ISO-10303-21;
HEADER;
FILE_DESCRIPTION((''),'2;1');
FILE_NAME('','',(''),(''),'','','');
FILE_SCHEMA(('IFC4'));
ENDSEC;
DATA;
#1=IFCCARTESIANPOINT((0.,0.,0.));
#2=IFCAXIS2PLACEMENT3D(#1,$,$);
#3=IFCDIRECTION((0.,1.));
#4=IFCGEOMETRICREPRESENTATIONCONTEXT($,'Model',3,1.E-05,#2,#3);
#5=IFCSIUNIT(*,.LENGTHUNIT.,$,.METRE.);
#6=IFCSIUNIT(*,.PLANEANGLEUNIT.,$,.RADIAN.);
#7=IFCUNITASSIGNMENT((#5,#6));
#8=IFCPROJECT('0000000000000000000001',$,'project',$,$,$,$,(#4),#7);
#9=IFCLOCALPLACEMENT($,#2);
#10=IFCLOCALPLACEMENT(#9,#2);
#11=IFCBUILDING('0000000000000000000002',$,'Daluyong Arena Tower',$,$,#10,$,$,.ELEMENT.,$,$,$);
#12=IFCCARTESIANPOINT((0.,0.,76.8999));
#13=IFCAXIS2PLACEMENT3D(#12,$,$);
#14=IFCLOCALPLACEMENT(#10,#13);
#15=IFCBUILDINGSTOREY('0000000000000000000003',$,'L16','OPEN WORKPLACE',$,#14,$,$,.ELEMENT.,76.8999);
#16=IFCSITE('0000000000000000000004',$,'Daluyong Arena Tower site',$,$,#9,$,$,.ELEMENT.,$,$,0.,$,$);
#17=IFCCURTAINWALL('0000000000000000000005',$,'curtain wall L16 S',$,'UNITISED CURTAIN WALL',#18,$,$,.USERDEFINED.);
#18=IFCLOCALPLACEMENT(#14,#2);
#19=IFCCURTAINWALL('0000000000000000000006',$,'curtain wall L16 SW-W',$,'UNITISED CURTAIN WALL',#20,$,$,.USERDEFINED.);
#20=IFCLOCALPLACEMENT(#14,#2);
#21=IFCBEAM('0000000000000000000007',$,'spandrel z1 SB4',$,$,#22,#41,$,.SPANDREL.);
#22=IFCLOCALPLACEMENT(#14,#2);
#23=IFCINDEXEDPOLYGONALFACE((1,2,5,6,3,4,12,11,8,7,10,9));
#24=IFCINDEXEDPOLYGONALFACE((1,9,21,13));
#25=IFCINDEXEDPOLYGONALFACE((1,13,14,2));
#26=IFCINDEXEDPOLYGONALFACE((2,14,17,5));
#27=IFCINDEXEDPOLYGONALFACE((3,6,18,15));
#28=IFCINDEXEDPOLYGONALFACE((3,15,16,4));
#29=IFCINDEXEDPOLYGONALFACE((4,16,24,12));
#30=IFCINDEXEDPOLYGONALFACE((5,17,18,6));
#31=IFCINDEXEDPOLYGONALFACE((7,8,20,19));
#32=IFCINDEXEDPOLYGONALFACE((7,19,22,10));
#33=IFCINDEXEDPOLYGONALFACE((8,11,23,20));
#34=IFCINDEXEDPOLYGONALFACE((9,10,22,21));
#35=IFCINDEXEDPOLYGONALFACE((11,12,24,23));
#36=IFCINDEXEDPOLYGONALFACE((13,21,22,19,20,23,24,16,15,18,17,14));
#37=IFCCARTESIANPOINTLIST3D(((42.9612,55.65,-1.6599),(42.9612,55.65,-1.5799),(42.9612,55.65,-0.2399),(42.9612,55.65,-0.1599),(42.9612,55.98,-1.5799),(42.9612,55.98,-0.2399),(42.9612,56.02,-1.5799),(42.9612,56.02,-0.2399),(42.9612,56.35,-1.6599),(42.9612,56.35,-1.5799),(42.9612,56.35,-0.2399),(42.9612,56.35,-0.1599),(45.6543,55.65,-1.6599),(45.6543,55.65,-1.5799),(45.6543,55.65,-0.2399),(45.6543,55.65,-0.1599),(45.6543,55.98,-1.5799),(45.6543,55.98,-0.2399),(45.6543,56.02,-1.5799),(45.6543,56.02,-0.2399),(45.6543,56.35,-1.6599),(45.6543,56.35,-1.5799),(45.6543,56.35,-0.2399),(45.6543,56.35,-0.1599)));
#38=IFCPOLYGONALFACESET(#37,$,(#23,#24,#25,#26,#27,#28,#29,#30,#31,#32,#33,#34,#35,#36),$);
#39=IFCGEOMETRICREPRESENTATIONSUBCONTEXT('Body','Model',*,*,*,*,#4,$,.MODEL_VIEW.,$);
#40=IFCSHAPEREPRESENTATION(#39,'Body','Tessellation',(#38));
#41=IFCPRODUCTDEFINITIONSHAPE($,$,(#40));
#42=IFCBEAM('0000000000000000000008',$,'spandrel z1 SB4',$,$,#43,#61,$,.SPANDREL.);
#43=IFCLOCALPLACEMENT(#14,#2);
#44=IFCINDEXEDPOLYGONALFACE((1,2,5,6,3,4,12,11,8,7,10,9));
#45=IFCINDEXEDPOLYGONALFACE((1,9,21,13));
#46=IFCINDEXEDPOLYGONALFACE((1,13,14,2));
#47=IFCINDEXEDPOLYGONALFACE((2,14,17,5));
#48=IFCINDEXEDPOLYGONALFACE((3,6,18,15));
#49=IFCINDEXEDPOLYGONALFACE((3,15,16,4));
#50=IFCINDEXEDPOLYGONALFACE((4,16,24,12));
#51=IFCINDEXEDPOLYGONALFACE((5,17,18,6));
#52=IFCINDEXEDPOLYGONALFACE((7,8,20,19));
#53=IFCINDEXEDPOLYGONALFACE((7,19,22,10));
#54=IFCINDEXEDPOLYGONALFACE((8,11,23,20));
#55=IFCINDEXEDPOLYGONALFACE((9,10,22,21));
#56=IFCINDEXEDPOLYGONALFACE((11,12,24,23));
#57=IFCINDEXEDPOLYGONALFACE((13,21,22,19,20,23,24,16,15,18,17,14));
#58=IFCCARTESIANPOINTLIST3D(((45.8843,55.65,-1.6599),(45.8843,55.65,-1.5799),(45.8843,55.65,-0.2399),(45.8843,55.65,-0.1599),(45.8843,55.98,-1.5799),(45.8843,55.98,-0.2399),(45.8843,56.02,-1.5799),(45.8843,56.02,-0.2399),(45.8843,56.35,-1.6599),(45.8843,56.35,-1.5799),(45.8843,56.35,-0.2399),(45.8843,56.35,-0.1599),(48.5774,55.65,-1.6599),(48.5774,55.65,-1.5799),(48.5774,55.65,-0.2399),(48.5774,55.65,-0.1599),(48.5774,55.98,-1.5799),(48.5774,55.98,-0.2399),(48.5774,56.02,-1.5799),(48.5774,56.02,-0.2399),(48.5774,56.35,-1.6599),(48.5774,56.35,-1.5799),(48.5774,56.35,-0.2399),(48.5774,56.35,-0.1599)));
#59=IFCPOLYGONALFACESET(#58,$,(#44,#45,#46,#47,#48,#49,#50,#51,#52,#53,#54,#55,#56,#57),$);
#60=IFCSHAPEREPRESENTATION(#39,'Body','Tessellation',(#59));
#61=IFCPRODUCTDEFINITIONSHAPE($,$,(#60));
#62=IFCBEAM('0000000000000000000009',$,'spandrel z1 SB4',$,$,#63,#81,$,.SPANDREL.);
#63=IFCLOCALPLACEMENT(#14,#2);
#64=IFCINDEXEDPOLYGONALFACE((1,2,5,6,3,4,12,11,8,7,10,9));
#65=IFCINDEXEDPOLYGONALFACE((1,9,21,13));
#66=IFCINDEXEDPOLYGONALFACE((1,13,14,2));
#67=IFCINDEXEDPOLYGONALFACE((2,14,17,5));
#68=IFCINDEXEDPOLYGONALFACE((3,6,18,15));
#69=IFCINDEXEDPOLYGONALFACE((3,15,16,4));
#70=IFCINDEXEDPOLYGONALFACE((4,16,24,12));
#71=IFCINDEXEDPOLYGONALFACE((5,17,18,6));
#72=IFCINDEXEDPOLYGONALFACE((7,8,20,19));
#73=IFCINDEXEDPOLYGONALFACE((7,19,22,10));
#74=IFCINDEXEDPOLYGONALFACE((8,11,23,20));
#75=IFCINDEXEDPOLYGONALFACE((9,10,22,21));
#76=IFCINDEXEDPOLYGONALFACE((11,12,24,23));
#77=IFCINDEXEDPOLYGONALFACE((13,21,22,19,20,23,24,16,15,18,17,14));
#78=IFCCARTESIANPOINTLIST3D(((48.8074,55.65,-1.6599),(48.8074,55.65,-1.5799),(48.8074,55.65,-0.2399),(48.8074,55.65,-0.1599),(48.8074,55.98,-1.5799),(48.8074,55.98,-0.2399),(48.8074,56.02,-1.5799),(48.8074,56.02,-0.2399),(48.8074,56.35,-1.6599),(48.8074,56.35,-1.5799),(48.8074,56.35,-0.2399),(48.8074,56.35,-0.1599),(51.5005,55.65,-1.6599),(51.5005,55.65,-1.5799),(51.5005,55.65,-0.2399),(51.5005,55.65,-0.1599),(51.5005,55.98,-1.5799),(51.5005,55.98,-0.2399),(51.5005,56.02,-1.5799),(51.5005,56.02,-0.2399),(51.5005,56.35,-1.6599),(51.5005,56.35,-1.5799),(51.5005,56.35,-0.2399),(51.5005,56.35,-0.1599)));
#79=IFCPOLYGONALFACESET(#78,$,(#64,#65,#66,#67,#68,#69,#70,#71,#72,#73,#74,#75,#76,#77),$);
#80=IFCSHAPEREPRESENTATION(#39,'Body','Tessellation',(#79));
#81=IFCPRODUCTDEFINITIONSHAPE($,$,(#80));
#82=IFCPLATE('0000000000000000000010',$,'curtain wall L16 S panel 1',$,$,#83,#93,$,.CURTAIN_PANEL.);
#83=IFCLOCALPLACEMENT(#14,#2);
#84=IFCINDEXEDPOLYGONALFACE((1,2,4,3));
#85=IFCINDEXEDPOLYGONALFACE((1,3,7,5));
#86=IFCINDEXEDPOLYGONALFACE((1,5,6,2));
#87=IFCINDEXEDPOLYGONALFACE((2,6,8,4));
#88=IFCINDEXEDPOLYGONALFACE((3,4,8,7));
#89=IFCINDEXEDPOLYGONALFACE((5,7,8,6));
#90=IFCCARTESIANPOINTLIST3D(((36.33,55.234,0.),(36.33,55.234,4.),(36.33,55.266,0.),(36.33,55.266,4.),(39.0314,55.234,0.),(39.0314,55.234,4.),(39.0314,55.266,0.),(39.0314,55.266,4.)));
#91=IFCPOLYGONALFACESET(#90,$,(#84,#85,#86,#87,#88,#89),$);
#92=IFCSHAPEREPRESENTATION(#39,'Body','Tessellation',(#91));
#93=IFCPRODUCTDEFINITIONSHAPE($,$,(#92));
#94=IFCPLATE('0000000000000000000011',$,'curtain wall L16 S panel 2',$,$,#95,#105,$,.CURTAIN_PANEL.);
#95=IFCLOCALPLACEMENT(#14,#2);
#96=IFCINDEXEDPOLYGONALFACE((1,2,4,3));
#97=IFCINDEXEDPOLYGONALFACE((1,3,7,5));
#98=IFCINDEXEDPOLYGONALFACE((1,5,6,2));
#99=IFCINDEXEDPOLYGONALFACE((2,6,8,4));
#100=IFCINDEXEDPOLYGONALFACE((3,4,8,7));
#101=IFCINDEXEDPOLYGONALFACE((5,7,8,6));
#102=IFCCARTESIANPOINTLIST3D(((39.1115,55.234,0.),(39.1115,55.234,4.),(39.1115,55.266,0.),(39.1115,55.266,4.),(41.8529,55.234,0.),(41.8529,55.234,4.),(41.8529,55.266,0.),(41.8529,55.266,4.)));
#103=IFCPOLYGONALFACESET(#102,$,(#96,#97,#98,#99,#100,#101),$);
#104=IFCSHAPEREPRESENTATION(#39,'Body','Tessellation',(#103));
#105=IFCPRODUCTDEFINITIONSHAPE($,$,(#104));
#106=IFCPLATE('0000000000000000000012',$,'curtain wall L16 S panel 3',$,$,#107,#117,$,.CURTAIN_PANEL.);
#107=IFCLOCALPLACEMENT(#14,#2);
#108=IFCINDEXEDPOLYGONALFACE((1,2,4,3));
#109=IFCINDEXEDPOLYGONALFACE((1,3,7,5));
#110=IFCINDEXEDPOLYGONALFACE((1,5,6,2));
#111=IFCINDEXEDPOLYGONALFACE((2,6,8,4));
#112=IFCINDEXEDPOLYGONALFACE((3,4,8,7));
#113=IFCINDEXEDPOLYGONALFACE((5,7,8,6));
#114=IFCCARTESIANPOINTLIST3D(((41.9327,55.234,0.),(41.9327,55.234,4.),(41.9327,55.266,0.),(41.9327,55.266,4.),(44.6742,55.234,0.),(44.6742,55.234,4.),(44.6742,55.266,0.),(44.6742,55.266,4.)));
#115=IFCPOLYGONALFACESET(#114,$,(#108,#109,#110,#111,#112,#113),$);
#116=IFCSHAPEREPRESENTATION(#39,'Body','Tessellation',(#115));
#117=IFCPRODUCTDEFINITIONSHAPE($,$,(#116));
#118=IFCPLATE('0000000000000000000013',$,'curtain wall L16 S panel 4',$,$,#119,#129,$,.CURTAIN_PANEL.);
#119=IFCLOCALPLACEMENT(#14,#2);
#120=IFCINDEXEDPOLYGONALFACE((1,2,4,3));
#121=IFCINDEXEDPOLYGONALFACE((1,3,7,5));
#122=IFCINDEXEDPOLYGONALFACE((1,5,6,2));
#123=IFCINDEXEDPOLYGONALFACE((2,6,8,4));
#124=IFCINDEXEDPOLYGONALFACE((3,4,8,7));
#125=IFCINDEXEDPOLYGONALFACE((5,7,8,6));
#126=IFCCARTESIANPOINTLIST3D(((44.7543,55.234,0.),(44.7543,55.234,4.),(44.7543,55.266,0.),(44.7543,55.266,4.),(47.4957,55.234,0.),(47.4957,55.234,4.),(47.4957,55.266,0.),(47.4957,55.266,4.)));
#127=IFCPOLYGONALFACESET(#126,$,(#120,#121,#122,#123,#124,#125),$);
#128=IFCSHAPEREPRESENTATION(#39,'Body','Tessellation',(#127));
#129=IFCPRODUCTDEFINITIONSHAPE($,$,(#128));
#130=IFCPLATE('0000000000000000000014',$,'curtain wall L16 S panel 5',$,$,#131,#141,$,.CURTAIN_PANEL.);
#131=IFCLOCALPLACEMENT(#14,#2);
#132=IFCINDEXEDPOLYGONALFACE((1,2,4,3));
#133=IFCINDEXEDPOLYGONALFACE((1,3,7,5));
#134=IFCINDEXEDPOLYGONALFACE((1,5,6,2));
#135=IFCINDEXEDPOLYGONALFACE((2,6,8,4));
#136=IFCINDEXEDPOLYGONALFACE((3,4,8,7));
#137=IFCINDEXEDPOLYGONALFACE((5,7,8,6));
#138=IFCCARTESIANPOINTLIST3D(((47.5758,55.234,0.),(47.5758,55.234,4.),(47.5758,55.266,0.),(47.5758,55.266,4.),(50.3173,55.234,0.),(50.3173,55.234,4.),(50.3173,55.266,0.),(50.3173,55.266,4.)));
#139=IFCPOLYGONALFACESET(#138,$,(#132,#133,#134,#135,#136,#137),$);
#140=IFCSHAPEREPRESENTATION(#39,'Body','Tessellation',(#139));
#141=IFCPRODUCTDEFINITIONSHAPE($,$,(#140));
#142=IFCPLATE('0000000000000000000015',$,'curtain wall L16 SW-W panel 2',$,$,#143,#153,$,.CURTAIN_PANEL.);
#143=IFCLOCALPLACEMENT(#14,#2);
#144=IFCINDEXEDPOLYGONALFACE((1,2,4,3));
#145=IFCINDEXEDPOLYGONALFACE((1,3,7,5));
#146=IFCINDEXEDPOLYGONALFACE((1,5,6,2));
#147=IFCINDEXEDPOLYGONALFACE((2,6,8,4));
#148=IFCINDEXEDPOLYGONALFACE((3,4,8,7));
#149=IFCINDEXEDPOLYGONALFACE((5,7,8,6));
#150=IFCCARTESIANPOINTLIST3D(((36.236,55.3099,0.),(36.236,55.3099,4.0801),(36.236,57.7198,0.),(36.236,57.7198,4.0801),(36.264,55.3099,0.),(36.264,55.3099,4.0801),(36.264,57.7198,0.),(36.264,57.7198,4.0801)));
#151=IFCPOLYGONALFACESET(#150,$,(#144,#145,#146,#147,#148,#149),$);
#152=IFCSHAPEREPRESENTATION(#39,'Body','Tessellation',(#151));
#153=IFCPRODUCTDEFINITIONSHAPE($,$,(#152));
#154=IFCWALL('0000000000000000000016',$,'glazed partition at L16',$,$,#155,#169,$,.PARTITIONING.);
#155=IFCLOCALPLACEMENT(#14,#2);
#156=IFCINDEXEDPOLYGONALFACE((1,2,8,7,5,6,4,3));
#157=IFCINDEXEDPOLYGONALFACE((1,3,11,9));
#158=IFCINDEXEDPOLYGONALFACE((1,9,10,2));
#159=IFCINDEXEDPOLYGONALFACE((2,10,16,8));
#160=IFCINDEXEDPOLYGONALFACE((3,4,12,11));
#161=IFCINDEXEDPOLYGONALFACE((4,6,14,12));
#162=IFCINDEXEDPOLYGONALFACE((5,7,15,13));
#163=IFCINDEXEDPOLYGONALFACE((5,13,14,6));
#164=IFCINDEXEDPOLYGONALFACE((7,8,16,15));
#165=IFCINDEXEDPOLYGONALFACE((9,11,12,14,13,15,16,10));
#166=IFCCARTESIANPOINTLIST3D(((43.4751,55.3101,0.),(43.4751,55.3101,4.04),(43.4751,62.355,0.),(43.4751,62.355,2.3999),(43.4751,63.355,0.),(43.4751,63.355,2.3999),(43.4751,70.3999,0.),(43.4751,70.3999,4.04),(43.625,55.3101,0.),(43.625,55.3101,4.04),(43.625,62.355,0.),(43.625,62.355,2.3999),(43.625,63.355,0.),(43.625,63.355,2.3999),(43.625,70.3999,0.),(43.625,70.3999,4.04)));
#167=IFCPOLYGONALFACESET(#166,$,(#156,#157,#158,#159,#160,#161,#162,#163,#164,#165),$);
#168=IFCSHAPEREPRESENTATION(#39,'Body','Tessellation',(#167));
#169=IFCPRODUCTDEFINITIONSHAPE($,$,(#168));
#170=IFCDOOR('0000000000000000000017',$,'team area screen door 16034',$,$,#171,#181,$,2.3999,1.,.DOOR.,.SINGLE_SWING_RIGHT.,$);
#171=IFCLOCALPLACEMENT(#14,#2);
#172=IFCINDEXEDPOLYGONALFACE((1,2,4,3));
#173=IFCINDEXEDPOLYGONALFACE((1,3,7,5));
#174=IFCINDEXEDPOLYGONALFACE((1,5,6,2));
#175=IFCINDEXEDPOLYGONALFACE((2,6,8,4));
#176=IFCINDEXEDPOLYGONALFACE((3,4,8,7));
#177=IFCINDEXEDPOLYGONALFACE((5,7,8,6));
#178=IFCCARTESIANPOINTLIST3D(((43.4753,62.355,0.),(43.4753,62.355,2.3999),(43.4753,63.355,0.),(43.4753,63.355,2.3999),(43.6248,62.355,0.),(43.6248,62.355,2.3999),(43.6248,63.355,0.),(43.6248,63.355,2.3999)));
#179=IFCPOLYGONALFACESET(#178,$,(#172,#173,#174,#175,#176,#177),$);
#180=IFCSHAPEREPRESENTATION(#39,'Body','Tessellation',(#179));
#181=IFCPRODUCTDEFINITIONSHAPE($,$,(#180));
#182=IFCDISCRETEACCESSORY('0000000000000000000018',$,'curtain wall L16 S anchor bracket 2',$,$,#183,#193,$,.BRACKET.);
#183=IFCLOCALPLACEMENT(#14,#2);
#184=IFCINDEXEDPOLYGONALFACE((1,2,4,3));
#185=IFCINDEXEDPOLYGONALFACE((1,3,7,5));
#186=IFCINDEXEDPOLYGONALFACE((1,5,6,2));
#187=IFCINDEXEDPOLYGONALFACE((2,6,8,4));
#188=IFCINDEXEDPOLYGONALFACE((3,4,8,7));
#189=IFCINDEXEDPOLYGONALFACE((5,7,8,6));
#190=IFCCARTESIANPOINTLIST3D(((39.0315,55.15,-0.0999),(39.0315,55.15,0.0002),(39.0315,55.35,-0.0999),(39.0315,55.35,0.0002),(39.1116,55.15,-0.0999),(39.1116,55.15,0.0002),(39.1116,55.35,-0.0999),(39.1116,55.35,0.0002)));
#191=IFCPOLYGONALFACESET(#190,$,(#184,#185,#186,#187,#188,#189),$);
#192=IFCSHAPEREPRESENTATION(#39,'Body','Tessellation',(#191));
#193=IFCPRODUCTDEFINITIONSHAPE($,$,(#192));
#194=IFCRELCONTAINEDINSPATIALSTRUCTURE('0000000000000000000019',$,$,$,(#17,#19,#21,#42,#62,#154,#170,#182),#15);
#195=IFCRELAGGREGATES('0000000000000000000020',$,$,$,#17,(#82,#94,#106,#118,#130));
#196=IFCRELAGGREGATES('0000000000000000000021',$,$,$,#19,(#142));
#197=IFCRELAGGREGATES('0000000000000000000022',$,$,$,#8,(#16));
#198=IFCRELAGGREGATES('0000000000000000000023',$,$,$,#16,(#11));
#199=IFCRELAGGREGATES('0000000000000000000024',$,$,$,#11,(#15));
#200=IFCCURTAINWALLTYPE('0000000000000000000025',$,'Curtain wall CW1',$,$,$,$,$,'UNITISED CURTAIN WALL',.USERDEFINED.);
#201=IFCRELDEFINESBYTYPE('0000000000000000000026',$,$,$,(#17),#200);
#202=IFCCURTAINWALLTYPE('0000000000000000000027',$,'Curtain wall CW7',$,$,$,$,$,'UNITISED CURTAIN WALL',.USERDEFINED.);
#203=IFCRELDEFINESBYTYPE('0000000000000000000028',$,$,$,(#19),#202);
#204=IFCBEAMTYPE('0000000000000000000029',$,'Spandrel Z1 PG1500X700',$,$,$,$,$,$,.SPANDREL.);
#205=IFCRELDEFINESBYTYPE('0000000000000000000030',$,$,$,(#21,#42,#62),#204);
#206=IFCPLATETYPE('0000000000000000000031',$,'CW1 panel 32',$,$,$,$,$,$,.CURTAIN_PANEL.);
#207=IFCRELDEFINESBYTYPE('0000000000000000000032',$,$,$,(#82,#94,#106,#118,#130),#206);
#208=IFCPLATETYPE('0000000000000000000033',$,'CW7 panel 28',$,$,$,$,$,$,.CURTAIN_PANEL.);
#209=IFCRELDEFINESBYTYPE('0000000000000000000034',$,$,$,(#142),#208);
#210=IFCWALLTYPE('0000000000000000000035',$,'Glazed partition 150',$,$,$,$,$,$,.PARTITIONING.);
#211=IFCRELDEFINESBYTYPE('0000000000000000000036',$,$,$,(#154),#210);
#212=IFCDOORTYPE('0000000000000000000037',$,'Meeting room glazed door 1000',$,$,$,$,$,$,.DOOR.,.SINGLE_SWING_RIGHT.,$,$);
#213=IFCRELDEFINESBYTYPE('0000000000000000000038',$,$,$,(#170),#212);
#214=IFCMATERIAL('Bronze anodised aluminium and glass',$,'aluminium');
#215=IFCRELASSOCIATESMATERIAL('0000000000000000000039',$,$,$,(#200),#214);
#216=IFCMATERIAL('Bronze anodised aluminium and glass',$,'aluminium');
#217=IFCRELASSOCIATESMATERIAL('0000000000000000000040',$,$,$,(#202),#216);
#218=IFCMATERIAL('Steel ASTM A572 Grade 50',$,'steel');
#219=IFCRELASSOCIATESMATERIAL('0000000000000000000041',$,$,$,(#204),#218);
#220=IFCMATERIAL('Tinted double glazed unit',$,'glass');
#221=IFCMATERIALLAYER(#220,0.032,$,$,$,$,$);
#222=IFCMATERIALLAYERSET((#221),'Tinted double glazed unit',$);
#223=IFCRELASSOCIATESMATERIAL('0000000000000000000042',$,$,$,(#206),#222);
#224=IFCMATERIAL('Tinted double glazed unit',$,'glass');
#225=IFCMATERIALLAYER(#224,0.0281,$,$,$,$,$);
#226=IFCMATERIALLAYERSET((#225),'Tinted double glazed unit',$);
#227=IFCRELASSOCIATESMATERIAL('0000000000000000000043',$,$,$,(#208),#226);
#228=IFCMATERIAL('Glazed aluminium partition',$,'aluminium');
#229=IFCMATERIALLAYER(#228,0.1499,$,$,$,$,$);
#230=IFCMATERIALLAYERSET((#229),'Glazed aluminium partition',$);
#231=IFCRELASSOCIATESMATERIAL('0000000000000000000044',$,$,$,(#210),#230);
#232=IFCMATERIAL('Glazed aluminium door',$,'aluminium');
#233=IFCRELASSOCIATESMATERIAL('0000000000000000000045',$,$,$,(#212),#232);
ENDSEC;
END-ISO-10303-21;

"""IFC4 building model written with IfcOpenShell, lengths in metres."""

from ifc_helpers import new_model, si_unit, direction, frame, frame_2d, origin, origin_2d, place, context, subcontext, project, spatial, rectangle, i_section, extrude, material, layer, layer_set, material_profile, profile_set, type_object, element, fill, aggregate, save


model = new_model("IFC4")

# Units and contexts
model_context = context("Model", 3, precision=1e-05, world=origin(), true_north=direction((0.0, 1.0)))
body_context = subcontext(model_context, "Body", "Model", "MODEL_VIEW")
ifc_project = project(units=[si_unit("LENGTHUNIT", "METRE"), si_unit("PLANEANGLEUNIT", "RADIAN")], contexts=[model_context])

# Site, building, storey
site_placement = place(None, origin())
site = spatial("IfcSite", under=ifc_project, at=site_placement, Name="Daluyong Arena Tower site", CompositionType="ELEMENT", RefElevation=0.0)
building_placement = place(site_placement, origin())
building = spatial("IfcBuilding", under=site, at=building_placement, Name="Daluyong Arena Tower", CompositionType="ELEMENT")
storey_placement = place(building_placement, frame((0.0, 0.0, 76.8999)))
storey = spatial("IfcBuildingStorey", under=building, at=storey_placement, Name="L16", Description="OPEN WORKPLACE", CompositionType="ELEMENT", Elevation=76.8999)

# Curtain walls
ifc_material_1 = material(Name="Bronze anodised aluminium and glass", Category="aluminium")
curtain_wall_type_1 = type_object("IfcCurtainWallType", Name="Curtain wall CW1", ElementType="UNITISED CURTAIN WALL", PredefinedType="USERDEFINED", material=ifc_material_1)
curtain_wall_1_placement = place(storey_placement, origin())
curtain_wall_1 = element("IfcCurtainWall", 1, at=curtain_wall_1_placement, inside=storey, type_object=curtain_wall_type_1, Name="curtain wall L16 S", ObjectType="UNITISED CURTAIN WALL", PredefinedType="USERDEFINED")
ifc_material_2 = material(Name="Bronze anodised aluminium and glass", Category="aluminium")
curtain_wall_type_2 = type_object("IfcCurtainWallType", Name="Curtain wall CW7", ElementType="UNITISED CURTAIN WALL", PredefinedType="USERDEFINED", material=ifc_material_2)
curtain_wall_2_placement = place(storey_placement, origin())
curtain_wall_2 = element("IfcCurtainWall", 2, at=curtain_wall_2_placement, inside=storey, type_object=curtain_wall_type_2, Name="curtain wall L16 SW-W", ObjectType="UNITISED CURTAIN WALL", PredefinedType="USERDEFINED")

# Beams
ifc_material_3 = material(Name="Steel ASTM A572 Grade 50", Category="steel")
ifc_material_profile_1 = material_profile(ifc_material_3, i_section(OverallWidth=0.7, OverallDepth=1.5, WebThickness=0.04, FlangeThickness=0.08, at=origin_2d()))
ifc_profile_set_1 = profile_set([ifc_material_profile_1], Name="Steel ASTM A572 Grade 50")
beam_type_1 = type_object("IfcBeamType", Name="Spandrel Z1 PG1500X700", PredefinedType="SPANDREL", material=ifc_profile_set_1)
for number, where, z_axis, x_axis, name in (
    (3, (42.9612, 56.0, -0.9099), (1.0, 0.0, 0.0), (0.0, 1.0, 0.0), "spandrel z1 SB4"),
    (4, (45.8843, 56.0, -0.9099), (1.0, 0.0, 0.0), (0.0, 1.0, 0.0), "spandrel z1 SB4"),
    (5, (48.8074, 56.0, -0.9099), (1.0, 0.0, 0.0), (0.0, 1.0, 0.0), "spandrel z1 SB4"),
):
    element("IfcBeam", number, at=place(storey_placement, frame(where, z_axis=z_axis, x_axis=x_axis)), inside=storey, type_object=beam_type_1, Name=name, PredefinedType="SPANDREL", context=body_context, shape_type="SweptSolid", body=[
        extrude(i_section(OverallWidth=0.7, OverallDepth=1.5, WebThickness=0.04, FlangeThickness=0.08, at=origin_2d()), origin(), (0.0, 0.0, 1.0), 2.6931),
    ])

# Plates
ifc_material_4 = material(Name="Tinted double glazed unit", Category="glass")
ifc_layer_1 = layer(ifc_material_4, 0.032)
ifc_layer_set_1 = layer_set([ifc_layer_1], Name="Tinted double glazed unit")
plate_type_1 = type_object("IfcPlateType", Name="CW1 panel 32", PredefinedType="CURTAIN_PANEL", material=ifc_layer_set_1)
plate_1_placement = place(storey_placement, frame((37.6807, 55.25, 0.0), z_axis=(0.0, 0.0, 1.0), x_axis=(1.0, 0.0, 0.0)))
plate_1 = element("IfcPlate", 6, at=plate_1_placement, type_object=plate_type_1, Name="curtain wall L16 S panel 1", PredefinedType="CURTAIN_PANEL", context=body_context, shape_type="SweptSolid", body=[
    extrude(rectangle(XDim=2.7014, YDim=0.032, at=origin_2d()), origin(), (0.0, 0.0, 1.0), 4.0),
])
plate_2_placement = place(storey_placement, frame((40.4822, 55.25, 0.0), z_axis=(0.0, 0.0, 1.0), x_axis=(1.0, 0.0, 0.0)))
plate_2 = element("IfcPlate", 7, at=plate_2_placement, type_object=plate_type_1, Name="curtain wall L16 S panel 2", PredefinedType="CURTAIN_PANEL", context=body_context, shape_type="SweptSolid", body=[
    extrude(rectangle(XDim=2.7415, YDim=0.032, at=origin_2d()), origin(), (0.0, 0.0, 1.0), 4.0),
])
plate_3_placement = place(storey_placement, frame((43.3035, 55.25, 0.0), z_axis=(0.0, 0.0, 1.0), x_axis=(1.0, 0.0, 0.0)))
plate_3 = element("IfcPlate", 8, at=plate_3_placement, type_object=plate_type_1, Name="curtain wall L16 S panel 3", PredefinedType="CURTAIN_PANEL", context=body_context, shape_type="SweptSolid", body=[
    extrude(rectangle(XDim=2.7415, YDim=0.032, at=origin_2d()), origin(), (0.0, 0.0, 1.0), 4.0),
])
plate_4_placement = place(storey_placement, frame((46.125, 55.25, 0.0), z_axis=(0.0, 0.0, 1.0), x_axis=(1.0, 0.0, 0.0)))
plate_4 = element("IfcPlate", 9, at=plate_4_placement, type_object=plate_type_1, Name="curtain wall L16 S panel 4", PredefinedType="CURTAIN_PANEL", context=body_context, shape_type="SweptSolid", body=[
    extrude(rectangle(XDim=2.7415, YDim=0.032, at=origin_2d()), origin(), (0.0, 0.0, 1.0), 4.0),
])
plate_5_placement = place(storey_placement, frame((48.9465, 55.25, 0.0), z_axis=(0.0, 0.0, 1.0), x_axis=(1.0, 0.0, 0.0)))
plate_5 = element("IfcPlate", 10, at=plate_5_placement, type_object=plate_type_1, Name="curtain wall L16 S panel 5", PredefinedType="CURTAIN_PANEL", context=body_context, shape_type="SweptSolid", body=[
    extrude(rectangle(XDim=2.7415, YDim=0.032, at=origin_2d()), origin(), (0.0, 0.0, 1.0), 4.0),
])
aggregate(curtain_wall_1, [plate_1, plate_2, plate_3, plate_4, plate_5])
ifc_material_5 = material(Name="Tinted double glazed unit", Category="glass")
ifc_layer_2 = layer(ifc_material_5, 0.0281)
ifc_layer_set_2 = layer_set([ifc_layer_2], Name="Tinted double glazed unit")
plate_type_2 = type_object("IfcPlateType", Name="CW7 panel 28", PredefinedType="CURTAIN_PANEL", material=ifc_layer_set_2)
plate_6_placement = place(storey_placement, frame((36.25, 56.5149, 0.0), z_axis=(0.0, 0.0, 1.0), x_axis=(0.0, -1.0, 0.0)))
plate_6 = element("IfcPlate", 11, at=plate_6_placement, type_object=plate_type_2, Name="curtain wall L16 SW-W panel 2", PredefinedType="CURTAIN_PANEL", context=body_context, shape_type="SweptSolid", body=[
    extrude(rectangle(XDim=2.4099, YDim=0.0281, at=origin_2d()), origin(), (0.0, 0.0, 1.0), 4.0801),
])
aggregate(curtain_wall_2, [plate_6])

# Wall, opening, door
ifc_material_6 = material(Name="Glazed aluminium partition", Category="aluminium")
ifc_layer_3 = layer(ifc_material_6, 0.1499)
ifc_layer_set_3 = layer_set([ifc_layer_3], Name="Glazed aluminium partition")
wall_type = type_object("IfcWallType", Name="Glazed partition 150", PredefinedType="PARTITIONING", material=ifc_layer_set_3)
wall_placement = place(storey_placement, frame((43.55, 55.3101, 0.0), z_axis=(0.0, 0.0, 1.0), x_axis=(0.0, 1.0, 0.0)))
wall = element("IfcWall", 12, at=wall_placement, inside=storey, type_object=wall_type, Name="glazed partition at L16", PredefinedType="PARTITIONING", context=body_context, shape_type="SweptSolid", body=[
    extrude(rectangle(XDim=15.0898, YDim=0.1499, at=frame_2d((7.5449, 0.0))), origin(), (0.0, 0.0, 1.0), 4.04),
])
opening_placement = place(wall_placement, frame((7.0449, 0.0, 0.0)))
opening = element("IfcOpeningElement", 13, at=opening_placement, cuts=wall, PredefinedType="OPENING", context=body_context, shape_type="SweptSolid", body=[
    extrude(rectangle(XDim=1.0, YDim=2.3999, at=frame_2d((0.5, 1.2))), frame((0.0, 0.085, 0.0), z_axis=(0.0, -1.0, 0.0), x_axis=(1.0, 0.0, 0.0)), (0.0, 0.0, 1.0), 0.1699),
])
ifc_material_7 = material(Name="Glazed aluminium door", Category="aluminium")
door_type = type_object("IfcDoorType", Name="Meeting room glazed door 1000", OperationType="SINGLE_SWING_RIGHT", PredefinedType="DOOR", material=ifc_material_7)
door_placement = place(opening_placement, origin())
door = element("IfcDoor", 14, at=door_placement, inside=storey, type_object=door_type, Name="team area screen door 16034", OperationType="SINGLE_SWING_RIGHT", OverallHeight=2.3999, OverallWidth=1.0, PredefinedType="DOOR", context=body_context, shape_type="SweptSolid", body=[
    extrude(rectangle(XDim=1.0, YDim=2.3999, at=frame_2d((0.5, 1.2))), frame((0.0, 0.0747, 0.0), z_axis=(0.0, -1.0, 0.0), x_axis=(1.0, 0.0, 0.0)), (0.0, 0.0, 1.0), 0.1494),
])
fill(opening, door)

# Discrete accessory
for number, where, z_axis, x_axis, name in (
    (15, (39.0715, 55.25, -0.0999), (0.0, 0.0, 1.0), (1.0, 0.0, 0.0), "curtain wall L16 S anchor bracket 2"),
):
    element("IfcDiscreteAccessory", number, at=place(storey_placement, frame(where, z_axis=z_axis, x_axis=x_axis)), inside=storey, Name=name, PredefinedType="BRACKET", context=body_context, shape_type="SweptSolid", body=[
        extrude(rectangle(XDim=0.0801, YDim=0.2, at=origin_2d()), origin(), (0.0, 0.0, 1.0), 0.1001),
    ])

save(model, "model.ifc")
